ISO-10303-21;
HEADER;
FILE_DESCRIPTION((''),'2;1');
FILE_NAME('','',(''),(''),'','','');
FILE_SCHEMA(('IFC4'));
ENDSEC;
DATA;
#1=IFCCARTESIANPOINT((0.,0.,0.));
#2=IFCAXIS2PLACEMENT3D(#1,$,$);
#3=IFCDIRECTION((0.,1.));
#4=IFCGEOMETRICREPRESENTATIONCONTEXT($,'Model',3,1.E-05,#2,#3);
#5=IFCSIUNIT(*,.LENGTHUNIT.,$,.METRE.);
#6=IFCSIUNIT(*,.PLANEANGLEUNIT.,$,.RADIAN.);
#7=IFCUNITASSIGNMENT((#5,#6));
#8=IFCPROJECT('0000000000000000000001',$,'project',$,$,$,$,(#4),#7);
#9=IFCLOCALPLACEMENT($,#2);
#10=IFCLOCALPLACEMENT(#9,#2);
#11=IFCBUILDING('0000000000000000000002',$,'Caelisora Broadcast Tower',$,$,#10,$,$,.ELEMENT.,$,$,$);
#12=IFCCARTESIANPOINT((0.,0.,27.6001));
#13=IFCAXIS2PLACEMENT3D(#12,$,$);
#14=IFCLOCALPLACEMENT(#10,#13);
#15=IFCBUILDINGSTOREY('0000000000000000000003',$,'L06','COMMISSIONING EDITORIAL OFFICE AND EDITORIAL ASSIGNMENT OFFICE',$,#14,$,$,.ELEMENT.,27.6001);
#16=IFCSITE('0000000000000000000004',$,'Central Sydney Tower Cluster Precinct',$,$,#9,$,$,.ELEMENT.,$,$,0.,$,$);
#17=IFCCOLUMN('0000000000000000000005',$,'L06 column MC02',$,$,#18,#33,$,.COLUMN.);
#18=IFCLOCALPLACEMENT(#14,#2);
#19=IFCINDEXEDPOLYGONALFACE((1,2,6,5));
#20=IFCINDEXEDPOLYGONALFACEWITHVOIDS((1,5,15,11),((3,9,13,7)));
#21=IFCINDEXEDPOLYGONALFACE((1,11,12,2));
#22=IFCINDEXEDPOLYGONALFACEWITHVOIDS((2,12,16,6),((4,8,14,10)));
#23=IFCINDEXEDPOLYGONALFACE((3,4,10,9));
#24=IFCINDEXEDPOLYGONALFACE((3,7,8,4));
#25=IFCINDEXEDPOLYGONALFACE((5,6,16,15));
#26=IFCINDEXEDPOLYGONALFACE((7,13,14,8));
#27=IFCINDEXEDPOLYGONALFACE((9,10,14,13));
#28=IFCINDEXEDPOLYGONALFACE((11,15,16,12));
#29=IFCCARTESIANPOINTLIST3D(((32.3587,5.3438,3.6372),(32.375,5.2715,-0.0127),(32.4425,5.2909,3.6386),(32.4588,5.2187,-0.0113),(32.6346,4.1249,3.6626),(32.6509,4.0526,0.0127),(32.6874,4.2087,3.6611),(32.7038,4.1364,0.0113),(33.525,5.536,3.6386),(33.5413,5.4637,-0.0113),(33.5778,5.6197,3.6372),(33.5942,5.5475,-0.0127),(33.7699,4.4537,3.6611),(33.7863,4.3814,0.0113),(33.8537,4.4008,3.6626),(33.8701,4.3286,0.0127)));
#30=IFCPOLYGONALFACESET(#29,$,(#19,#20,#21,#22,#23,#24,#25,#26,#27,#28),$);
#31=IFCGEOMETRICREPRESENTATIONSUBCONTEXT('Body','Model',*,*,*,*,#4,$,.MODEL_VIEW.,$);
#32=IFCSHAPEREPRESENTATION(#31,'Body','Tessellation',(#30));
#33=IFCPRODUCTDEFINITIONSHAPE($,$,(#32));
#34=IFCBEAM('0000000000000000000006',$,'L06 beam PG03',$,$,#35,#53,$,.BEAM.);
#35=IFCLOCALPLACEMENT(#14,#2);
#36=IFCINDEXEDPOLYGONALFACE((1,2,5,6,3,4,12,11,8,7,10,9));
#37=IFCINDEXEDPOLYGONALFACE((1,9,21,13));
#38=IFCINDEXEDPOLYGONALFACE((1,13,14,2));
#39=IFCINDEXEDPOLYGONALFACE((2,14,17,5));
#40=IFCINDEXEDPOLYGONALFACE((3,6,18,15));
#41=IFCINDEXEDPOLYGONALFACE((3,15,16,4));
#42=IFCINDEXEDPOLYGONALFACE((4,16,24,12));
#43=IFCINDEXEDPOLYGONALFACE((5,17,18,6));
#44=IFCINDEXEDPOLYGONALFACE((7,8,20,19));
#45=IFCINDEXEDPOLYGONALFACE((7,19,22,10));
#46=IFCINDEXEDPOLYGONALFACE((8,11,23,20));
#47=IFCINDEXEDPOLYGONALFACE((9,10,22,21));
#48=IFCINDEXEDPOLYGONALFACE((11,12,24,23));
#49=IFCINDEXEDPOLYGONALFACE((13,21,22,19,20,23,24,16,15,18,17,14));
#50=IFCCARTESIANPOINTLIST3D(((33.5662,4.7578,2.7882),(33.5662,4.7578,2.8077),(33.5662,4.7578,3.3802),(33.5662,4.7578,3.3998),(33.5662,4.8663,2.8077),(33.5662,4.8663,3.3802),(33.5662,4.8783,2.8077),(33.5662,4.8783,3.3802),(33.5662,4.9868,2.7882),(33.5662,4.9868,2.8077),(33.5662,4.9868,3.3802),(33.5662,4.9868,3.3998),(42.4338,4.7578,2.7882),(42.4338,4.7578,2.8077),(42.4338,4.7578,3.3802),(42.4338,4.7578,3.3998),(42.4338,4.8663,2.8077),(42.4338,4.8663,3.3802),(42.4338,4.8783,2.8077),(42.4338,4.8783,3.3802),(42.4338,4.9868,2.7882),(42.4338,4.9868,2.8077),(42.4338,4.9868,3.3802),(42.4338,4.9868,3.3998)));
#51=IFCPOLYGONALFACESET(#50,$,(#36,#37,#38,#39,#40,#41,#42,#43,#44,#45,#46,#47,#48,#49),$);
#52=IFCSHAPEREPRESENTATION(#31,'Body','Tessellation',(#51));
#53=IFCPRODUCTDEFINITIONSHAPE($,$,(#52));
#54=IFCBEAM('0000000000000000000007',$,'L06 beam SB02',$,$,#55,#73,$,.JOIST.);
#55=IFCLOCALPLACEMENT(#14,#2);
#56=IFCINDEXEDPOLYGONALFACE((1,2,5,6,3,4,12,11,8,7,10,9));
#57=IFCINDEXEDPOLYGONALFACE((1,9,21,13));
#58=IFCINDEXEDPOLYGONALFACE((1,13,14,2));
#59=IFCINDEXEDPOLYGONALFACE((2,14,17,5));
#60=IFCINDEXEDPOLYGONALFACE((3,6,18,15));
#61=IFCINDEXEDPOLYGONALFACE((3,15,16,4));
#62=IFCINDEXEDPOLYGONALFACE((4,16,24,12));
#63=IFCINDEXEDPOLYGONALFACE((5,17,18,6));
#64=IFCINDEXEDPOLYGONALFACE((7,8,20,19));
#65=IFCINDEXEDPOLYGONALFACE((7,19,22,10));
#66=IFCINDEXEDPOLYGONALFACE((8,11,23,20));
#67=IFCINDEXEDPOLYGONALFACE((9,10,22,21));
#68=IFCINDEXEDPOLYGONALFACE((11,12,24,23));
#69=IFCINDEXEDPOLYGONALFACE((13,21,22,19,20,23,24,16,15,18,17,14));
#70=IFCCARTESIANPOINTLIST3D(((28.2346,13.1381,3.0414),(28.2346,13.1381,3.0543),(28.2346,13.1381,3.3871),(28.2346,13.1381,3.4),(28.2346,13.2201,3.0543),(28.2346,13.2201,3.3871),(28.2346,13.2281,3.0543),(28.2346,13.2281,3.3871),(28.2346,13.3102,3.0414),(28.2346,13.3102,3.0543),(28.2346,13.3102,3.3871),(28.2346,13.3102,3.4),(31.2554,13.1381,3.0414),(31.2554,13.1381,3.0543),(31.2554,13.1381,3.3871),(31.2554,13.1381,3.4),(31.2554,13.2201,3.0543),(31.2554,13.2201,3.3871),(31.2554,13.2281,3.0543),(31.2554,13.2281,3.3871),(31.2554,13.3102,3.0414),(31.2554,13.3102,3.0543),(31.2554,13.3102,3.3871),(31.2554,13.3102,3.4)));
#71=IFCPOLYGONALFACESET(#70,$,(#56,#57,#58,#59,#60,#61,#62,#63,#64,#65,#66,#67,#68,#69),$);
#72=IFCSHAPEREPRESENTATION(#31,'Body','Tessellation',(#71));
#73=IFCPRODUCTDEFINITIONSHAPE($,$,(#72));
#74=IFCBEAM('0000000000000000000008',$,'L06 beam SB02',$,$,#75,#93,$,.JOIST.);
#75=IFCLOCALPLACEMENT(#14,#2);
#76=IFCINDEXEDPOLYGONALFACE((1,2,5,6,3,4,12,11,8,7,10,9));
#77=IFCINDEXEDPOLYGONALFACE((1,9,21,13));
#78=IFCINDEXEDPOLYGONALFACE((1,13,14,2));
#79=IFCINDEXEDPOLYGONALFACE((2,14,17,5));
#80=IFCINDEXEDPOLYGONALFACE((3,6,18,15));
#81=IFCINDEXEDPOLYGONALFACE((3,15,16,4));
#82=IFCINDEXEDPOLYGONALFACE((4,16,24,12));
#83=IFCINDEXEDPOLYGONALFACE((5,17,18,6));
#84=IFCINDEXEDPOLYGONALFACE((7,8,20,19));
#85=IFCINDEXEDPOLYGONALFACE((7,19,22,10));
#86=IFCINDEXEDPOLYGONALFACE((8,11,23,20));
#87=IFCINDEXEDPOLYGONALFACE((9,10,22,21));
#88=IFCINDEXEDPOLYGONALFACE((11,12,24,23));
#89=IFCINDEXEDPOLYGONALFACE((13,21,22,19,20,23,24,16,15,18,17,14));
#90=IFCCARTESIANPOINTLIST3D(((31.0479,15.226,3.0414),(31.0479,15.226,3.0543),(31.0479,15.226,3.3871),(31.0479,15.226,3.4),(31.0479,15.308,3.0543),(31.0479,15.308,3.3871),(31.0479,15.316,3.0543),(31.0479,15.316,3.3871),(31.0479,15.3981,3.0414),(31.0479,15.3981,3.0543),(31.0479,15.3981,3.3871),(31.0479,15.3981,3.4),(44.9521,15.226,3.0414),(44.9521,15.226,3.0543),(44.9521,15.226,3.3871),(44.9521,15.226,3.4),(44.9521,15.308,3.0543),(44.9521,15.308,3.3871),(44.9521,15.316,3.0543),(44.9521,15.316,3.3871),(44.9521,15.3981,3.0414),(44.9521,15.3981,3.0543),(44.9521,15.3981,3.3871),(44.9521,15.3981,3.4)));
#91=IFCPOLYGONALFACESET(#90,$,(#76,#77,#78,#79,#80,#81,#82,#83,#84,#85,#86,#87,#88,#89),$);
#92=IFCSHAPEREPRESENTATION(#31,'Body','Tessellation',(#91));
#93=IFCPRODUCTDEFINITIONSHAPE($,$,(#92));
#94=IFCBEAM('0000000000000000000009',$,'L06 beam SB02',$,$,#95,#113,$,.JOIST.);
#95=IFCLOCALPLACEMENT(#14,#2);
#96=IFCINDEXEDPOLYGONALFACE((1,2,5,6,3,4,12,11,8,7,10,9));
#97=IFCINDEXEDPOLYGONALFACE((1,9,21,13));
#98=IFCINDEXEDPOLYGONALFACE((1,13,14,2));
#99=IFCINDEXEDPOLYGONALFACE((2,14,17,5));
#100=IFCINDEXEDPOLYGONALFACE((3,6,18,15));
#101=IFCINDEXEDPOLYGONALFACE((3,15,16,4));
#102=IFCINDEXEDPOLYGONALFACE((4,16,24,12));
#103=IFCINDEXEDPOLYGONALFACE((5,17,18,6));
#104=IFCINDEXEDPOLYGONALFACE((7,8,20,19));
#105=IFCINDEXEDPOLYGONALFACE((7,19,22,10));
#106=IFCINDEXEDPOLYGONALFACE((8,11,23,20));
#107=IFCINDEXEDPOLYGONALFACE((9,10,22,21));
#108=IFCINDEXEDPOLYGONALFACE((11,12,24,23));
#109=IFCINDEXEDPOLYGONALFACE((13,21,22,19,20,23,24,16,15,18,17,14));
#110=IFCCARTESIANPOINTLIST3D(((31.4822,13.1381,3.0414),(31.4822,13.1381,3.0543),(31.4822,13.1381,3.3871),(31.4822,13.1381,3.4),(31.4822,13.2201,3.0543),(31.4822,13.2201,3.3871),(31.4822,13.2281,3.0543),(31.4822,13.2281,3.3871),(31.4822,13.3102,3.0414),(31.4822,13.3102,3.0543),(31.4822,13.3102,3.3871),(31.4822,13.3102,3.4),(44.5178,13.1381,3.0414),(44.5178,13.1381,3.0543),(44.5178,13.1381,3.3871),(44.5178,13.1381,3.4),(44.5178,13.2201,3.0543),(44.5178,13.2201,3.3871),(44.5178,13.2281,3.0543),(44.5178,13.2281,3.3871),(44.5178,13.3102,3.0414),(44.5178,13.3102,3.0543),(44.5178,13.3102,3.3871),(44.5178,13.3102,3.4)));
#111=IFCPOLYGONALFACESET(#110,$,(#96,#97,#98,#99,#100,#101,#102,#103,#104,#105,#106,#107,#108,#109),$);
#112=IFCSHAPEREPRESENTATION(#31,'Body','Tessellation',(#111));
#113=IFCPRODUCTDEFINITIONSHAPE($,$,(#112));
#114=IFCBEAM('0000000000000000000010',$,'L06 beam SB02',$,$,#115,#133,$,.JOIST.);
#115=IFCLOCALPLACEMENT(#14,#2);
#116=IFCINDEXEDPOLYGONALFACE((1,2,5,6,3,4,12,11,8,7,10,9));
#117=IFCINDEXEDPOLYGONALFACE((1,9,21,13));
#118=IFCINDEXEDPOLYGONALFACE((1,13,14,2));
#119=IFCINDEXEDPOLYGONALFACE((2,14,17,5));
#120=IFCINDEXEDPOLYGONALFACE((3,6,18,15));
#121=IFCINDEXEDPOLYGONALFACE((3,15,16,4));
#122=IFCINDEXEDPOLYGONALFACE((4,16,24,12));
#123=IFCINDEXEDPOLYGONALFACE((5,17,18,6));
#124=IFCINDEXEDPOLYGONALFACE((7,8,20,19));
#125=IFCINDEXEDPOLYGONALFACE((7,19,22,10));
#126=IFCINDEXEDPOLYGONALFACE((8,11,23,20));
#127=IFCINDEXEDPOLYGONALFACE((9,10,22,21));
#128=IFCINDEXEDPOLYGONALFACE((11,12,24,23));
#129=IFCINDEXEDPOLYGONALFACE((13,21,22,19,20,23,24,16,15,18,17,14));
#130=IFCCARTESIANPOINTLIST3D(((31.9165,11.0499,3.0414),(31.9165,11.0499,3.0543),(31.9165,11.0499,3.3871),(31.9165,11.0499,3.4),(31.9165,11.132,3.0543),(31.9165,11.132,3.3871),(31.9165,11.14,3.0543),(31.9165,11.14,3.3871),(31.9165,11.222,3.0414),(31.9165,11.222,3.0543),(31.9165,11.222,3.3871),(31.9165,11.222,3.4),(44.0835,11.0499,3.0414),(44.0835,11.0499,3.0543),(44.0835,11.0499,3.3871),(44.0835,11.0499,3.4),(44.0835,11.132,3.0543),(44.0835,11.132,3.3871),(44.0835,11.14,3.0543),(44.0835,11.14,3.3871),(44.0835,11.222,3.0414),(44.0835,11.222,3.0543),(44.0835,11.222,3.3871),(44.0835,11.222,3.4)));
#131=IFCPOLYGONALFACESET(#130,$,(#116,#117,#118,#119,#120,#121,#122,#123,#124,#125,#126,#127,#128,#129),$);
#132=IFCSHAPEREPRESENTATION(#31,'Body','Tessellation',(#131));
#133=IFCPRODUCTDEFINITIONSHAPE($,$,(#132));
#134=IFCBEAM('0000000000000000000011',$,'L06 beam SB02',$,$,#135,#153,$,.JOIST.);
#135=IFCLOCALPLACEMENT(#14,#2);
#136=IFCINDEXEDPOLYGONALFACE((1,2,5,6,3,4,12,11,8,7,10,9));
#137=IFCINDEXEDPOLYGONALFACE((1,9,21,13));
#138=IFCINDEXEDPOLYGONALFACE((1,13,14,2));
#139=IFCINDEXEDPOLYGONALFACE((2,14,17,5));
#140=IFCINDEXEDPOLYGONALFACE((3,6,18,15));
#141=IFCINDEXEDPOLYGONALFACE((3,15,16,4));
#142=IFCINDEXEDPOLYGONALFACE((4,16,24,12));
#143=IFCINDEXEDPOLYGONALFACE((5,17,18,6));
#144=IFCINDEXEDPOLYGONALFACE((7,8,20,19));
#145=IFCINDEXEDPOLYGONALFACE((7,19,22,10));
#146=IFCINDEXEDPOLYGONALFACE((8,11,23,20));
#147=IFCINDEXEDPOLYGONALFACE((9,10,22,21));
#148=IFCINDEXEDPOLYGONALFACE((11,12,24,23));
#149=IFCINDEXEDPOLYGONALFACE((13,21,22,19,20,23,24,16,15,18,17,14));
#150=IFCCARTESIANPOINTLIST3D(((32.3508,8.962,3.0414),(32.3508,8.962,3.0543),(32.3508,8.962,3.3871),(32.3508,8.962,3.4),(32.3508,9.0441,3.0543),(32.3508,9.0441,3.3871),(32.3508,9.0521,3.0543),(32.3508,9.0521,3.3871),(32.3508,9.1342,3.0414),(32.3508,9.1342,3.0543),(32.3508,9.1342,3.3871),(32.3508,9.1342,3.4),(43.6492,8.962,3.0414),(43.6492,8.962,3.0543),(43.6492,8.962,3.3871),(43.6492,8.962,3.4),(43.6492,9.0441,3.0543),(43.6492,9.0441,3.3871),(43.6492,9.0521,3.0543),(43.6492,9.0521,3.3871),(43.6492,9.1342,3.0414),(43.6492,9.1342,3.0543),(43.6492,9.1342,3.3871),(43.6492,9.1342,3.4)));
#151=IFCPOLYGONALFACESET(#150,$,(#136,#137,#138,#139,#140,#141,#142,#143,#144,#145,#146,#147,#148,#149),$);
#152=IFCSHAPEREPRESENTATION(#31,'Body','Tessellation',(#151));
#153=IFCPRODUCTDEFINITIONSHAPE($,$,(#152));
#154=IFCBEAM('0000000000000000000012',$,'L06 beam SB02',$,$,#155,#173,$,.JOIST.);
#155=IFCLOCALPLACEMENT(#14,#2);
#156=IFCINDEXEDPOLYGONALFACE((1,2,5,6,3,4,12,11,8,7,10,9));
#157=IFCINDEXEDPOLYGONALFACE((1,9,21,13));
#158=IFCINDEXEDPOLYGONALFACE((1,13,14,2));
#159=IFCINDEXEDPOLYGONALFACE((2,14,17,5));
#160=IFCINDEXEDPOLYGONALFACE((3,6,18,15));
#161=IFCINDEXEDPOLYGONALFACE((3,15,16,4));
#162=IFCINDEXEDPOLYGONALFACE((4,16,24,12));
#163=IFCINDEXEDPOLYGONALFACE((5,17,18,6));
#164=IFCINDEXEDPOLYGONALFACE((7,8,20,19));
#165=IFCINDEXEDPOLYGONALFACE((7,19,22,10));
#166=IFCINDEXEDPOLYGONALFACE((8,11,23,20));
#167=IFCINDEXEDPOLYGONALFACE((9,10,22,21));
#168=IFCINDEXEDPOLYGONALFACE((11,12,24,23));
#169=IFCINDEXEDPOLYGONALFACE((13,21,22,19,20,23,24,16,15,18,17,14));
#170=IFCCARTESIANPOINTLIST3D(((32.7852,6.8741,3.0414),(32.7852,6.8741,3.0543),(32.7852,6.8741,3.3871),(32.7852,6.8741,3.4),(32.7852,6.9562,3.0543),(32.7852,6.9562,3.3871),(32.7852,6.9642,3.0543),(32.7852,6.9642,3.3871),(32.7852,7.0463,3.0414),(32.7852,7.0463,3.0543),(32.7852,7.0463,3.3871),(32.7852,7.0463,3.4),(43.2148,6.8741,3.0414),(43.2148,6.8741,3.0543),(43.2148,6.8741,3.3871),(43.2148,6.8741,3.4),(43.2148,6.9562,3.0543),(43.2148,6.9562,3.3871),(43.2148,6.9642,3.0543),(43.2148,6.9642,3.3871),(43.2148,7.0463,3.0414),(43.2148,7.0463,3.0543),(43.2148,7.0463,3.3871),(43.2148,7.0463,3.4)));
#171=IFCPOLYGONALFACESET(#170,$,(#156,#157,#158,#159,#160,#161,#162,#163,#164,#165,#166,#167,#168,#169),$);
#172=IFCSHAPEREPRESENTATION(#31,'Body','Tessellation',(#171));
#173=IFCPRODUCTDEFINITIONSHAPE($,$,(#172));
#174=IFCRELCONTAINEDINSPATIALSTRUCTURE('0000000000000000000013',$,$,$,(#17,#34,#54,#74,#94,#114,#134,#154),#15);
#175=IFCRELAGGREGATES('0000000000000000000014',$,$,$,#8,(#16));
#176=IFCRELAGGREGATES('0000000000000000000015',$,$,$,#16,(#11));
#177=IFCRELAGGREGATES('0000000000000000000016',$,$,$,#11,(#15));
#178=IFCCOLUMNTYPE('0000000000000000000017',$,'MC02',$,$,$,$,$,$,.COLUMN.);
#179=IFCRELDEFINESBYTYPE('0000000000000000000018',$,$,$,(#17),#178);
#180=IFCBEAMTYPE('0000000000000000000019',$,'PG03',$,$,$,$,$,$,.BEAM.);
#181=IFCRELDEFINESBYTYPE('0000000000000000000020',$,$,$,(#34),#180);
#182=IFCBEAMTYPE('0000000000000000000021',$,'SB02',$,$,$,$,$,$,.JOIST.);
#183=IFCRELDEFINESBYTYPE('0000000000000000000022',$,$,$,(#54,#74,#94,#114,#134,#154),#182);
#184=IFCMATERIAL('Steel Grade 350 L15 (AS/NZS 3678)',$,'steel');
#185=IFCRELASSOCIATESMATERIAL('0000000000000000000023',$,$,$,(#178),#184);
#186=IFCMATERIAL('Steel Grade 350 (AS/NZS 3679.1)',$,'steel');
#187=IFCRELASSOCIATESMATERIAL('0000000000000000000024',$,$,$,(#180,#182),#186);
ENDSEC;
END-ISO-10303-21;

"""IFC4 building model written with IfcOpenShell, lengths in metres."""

from ifc_helpers import new_model, si_unit, direction, frame, origin, origin_2d, place, context, subcontext, project, spatial, hollow_rectangle, i_section, extrude, source, transform, mapped, material, material_profile, profile_set, type_object, type_shapes, element, save


model = new_model("IFC4")

# Units and contexts
model_context = context("Model", 3, precision=1e-05, world=origin(), true_north=direction((0.0, 1.0)))
body_context = subcontext(model_context, "Body", "Model", "MODEL_VIEW")
ifc_project = project(units=[si_unit("LENGTHUNIT", "METRE"), si_unit("PLANEANGLEUNIT", "RADIAN")], contexts=[model_context])

# Site, building, storey
site_placement = place(None, origin())
site = spatial("IfcSite", under=ifc_project, at=site_placement, Name="Central Sydney Tower Cluster Precinct", CompositionType="ELEMENT", RefElevation=0.0)
building_placement = place(site_placement, origin())
building = spatial("IfcBuilding", under=site, at=building_placement, Name="Caelisora Broadcast Tower", CompositionType="ELEMENT")
storey_placement = place(building_placement, frame((0.0, 0.0, 27.6001)))
storey = spatial("IfcBuildingStorey", under=building, at=storey_placement, Name="L06", Description="COMMISSIONING EDITORIAL OFFICE AND EDITORIAL ASSIGNMENT OFFICE", CompositionType="ELEMENT", Elevation=27.6001)

# Column
ifc_material_1 = material(Name="Steel Grade 350 L15 (AS/NZS 3678)", Category="steel")
ifc_material_profile_1 = material_profile(ifc_material_1, hollow_rectangle(XDim=1.25, YDim=1.25, WallThickness=0.0701, at=origin_2d()), Name="Steel Grade 350 L15 (AS/NZS 3678)")
ifc_profile_set_1 = profile_set([ifc_material_profile_1], Name="Steel Grade 350 L15 (AS/NZS 3678)")
column_type = type_object("IfcColumnType", Name="MC02", PredefinedType="COLUMN", material=ifc_profile_set_1)
shared_shape_1 = source(origin(), body_context, "Body", "SweptSolid", [
    extrude(hollow_rectangle(XDim=1.25, YDim=1.25, WallThickness=0.0701, at=origin_2d()), origin(), (0.0, 0.0, 1.0), 3.6506),
])
type_shapes(column_type, [shared_shape_1])
column_placement = place(storey_placement, frame((33.1226, 4.8, 0.0), z_axis=(-0.004481, 0.019795, 0.999794), x_axis=(-0.975327, -0.220767, 0.0)))
element("IfcColumn", 1, at=column_placement, inside=storey, type_object=column_type, Name="L06 column MC02", PredefinedType="COLUMN", context=body_context, shape_type="MappedRepresentation", body=[
    mapped(shared_shape_1, transform((0.0, 0.0, 0.0), scale=1.0)),
])

# Beams
ifc_material_2 = material(Name="Steel Grade 350 (AS/NZS 3679.1)", Category="steel")
ifc_material_profile_2 = material_profile(ifc_material_2, i_section(OverallWidth=0.229, OverallDepth=0.6116, WebThickness=0.012, FlangeThickness=0.0195, at=origin_2d()), Name="Steel Grade 350 (AS/NZS 3679.1)")
ifc_profile_set_2 = profile_set([ifc_material_profile_2], Name="Steel Grade 350 (AS/NZS 3679.1)")
beam_type_1 = type_object("IfcBeamType", Name="PG03", PredefinedType="BEAM", material=ifc_profile_set_2)
shared_shape_2 = source(origin(), body_context, "Body", "SweptSolid", [
    extrude(i_section(OverallWidth=0.229, OverallDepth=0.6116, WebThickness=0.012, FlangeThickness=0.0195, at=origin_2d()), origin(), (0.0, 0.0, 1.0), 8.8677),
])
type_shapes(beam_type_1, [shared_shape_2])
beam_1_placement = place(storey_placement, frame((33.5662, 4.8723, 3.094), z_axis=(1.0, 0.0, 0.0), x_axis=(0.0, 1.0, 0.0)))
element("IfcBeam", 2, at=beam_1_placement, inside=storey, type_object=beam_type_1, Name="L06 beam PG03", PredefinedType="BEAM", context=body_context, shape_type="MappedRepresentation", body=[
    mapped(shared_shape_2, transform((0.0, 0.0, 0.0), scale=1.0)),
])
ifc_material_profile_3 = material_profile(ifc_material_2, i_section(OverallWidth=0.1721, OverallDepth=0.3586, WebThickness=0.0081, FlangeThickness=0.0129, at=origin_2d()), Name="Steel Grade 350 (AS/NZS 3679.1)")
ifc_profile_set_3 = profile_set([ifc_material_profile_3], Name="Steel Grade 350 (AS/NZS 3679.1)")
beam_type_2 = type_object("IfcBeamType", Name="SB02", PredefinedType="JOIST", material=ifc_profile_set_3)
shared_shape_3 = source(origin(), body_context, "Body", "SweptSolid", [
    extrude(i_section(OverallWidth=0.1721, OverallDepth=0.3586, WebThickness=0.0081, FlangeThickness=0.0129, at=origin_2d()), origin(), (0.0, 0.0, 1.0), 3.0208),
])
beam_2_placement = place(storey_placement, frame((28.2346, 13.2241, 3.2207), z_axis=(1.0, 0.0, 0.0), x_axis=(0.0, 1.0, 0.0)))
element("IfcBeam", 3, at=beam_2_placement, inside=storey, type_object=beam_type_2, Name="L06 beam SB02", PredefinedType="JOIST", context=body_context, shape_type="MappedRepresentation", body=[
    mapped(shared_shape_3, transform((0.0, 0.0, 0.0), scale=1.0)),
])
shared_shape_4 = source(origin(), body_context, "Body", "SweptSolid", [
    extrude(i_section(OverallWidth=0.1721, OverallDepth=0.3586, WebThickness=0.0081, FlangeThickness=0.0129, at=origin_2d()), origin(), (0.0, 0.0, 1.0), 13.9043),
])
beam_3_placement = place(storey_placement, frame((31.0479, 15.312, 3.2207), z_axis=(1.0, 0.0, 0.0), x_axis=(0.0, 1.0, 0.0)))
element("IfcBeam", 4, at=beam_3_placement, inside=storey, type_object=beam_type_2, Name="L06 beam SB02", PredefinedType="JOIST", context=body_context, shape_type="MappedRepresentation", body=[
    mapped(shared_shape_4, transform((0.0, 0.0, 0.0), scale=1.0)),
])
shared_shape_5 = source(origin(), body_context, "Body", "SweptSolid", [
    extrude(i_section(OverallWidth=0.1721, OverallDepth=0.3586, WebThickness=0.0081, FlangeThickness=0.0129, at=origin_2d()), origin(), (0.0, 0.0, 1.0), 13.0356),
])
beam_4_placement = place(storey_placement, frame((31.4822, 13.2241, 3.2207), z_axis=(1.0, 0.0, 0.0), x_axis=(0.0, 1.0, 0.0)))
element("IfcBeam", 5, at=beam_4_placement, inside=storey, type_object=beam_type_2, Name="L06 beam SB02", PredefinedType="JOIST", context=body_context, shape_type="MappedRepresentation", body=[
    mapped(shared_shape_5, transform((0.0, 0.0, 0.0), scale=1.0)),
])
shared_shape_6 = source(origin(), body_context, "Body", "SweptSolid", [
    extrude(i_section(OverallWidth=0.1721, OverallDepth=0.3586, WebThickness=0.0081, FlangeThickness=0.0129, at=origin_2d()), origin(), (0.0, 0.0, 1.0), 12.167),
])
beam_5_placement = place(storey_placement, frame((31.9165, 11.136, 3.2207), z_axis=(1.0, 0.0, 0.0), x_axis=(0.0, 1.0, 0.0)))
element("IfcBeam", 6, at=beam_5_placement, inside=storey, type_object=beam_type_2, Name="L06 beam SB02", PredefinedType="JOIST", context=body_context, shape_type="MappedRepresentation", body=[
    mapped(shared_shape_6, transform((0.0, 0.0, 0.0), scale=1.0)),
])
shared_shape_7 = source(origin(), body_context, "Body", "SweptSolid", [
    extrude(i_section(OverallWidth=0.1721, OverallDepth=0.3586, WebThickness=0.0081, FlangeThickness=0.0129, at=origin_2d()), origin(), (0.0, 0.0, 1.0), 11.2983),
])
beam_6_placement = place(storey_placement, frame((32.3508, 9.0481, 3.2207), z_axis=(1.0, 0.0, 0.0), x_axis=(0.0, 1.0, 0.0)))
element("IfcBeam", 7, at=beam_6_placement, inside=storey, type_object=beam_type_2, Name="L06 beam SB02", PredefinedType="JOIST", context=body_context, shape_type="MappedRepresentation", body=[
    mapped(shared_shape_7, transform((0.0, 0.0, 0.0), scale=1.0)),
])
shared_shape_8 = source(origin(), body_context, "Body", "SweptSolid", [
    extrude(i_section(OverallWidth=0.1721, OverallDepth=0.3586, WebThickness=0.0081, FlangeThickness=0.0129, at=origin_2d()), origin(), (0.0, 0.0, 1.0), 10.4297),
])
type_shapes(beam_type_2, [shared_shape_3, shared_shape_4, shared_shape_5, shared_shape_6, shared_shape_7, shared_shape_8])
beam_7_placement = place(storey_placement, frame((32.7852, 6.9602, 3.2207), z_axis=(1.0, 0.0, 0.0), x_axis=(0.0, 1.0, 0.0)))
element("IfcBeam", 8, at=beam_7_placement, inside=storey, type_object=beam_type_2, Name="L06 beam SB02", PredefinedType="JOIST", context=body_context, shape_type="MappedRepresentation", body=[
    mapped(shared_shape_8, transform((0.0, 0.0, 0.0), scale=1.0)),
])

save(model, "model.ifc")
